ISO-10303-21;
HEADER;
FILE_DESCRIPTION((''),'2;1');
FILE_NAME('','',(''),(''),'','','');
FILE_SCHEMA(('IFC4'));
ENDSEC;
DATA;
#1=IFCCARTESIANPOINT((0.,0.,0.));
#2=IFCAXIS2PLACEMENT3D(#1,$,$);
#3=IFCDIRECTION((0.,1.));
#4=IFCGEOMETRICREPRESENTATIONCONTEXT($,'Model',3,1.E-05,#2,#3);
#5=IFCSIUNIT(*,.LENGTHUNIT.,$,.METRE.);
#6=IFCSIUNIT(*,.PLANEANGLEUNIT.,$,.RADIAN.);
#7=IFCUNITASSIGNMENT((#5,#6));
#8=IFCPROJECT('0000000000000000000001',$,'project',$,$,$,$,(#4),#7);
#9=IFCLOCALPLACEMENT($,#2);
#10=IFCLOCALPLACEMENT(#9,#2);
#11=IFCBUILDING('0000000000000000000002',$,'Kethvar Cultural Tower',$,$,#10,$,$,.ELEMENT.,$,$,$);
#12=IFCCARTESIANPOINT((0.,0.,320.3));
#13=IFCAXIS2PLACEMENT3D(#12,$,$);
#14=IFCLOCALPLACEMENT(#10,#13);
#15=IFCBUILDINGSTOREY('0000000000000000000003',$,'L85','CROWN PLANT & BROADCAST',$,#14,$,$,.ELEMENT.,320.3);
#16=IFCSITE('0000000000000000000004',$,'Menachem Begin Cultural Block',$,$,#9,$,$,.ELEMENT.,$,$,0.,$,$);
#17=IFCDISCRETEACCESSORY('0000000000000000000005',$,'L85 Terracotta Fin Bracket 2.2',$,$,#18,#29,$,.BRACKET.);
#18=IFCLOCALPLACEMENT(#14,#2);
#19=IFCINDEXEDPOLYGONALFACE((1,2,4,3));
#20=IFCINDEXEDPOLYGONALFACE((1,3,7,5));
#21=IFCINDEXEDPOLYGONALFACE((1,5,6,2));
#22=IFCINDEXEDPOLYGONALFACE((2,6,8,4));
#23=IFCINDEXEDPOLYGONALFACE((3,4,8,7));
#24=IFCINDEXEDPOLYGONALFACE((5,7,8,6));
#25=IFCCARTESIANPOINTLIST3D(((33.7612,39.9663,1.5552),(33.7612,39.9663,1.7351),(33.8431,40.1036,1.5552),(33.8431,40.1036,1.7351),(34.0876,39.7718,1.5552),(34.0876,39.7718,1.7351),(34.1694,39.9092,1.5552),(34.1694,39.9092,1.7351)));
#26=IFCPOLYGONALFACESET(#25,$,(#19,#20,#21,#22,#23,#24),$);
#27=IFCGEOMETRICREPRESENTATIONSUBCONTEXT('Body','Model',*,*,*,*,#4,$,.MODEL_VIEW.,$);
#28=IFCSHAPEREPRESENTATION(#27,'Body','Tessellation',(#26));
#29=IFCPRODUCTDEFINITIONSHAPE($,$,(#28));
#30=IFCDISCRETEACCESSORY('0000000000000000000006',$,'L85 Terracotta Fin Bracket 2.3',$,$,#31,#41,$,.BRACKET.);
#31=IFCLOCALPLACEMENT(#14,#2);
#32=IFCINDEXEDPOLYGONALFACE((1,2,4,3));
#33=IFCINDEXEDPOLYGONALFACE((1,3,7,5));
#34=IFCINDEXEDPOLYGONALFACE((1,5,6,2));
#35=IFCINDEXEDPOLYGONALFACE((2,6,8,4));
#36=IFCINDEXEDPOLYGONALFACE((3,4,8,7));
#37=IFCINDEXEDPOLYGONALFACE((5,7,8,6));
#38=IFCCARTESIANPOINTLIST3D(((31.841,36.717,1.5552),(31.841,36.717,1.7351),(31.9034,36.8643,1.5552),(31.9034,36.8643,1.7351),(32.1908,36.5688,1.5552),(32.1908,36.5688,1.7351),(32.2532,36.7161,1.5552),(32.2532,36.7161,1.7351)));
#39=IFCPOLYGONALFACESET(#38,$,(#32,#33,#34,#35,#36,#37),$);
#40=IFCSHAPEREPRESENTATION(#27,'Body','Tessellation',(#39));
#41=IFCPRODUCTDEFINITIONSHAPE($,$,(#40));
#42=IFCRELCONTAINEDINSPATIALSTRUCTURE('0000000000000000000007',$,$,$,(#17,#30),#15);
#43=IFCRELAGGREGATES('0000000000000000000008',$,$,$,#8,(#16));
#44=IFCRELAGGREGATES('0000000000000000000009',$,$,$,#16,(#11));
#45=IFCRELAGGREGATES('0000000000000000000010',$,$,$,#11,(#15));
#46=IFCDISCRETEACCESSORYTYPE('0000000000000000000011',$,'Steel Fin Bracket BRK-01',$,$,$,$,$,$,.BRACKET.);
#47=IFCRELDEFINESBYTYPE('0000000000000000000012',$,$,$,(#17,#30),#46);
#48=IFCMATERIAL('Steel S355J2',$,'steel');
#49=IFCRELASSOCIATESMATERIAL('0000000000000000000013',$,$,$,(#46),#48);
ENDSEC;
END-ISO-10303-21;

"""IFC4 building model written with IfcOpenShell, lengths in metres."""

from ifc_helpers import new_model, si_unit, direction, frame, origin, origin_2d, place, context, subcontext, project, spatial, rectangle, extrude, source, transform, mapped, material, type_object, element, save


model = new_model("IFC4")

# Units and contexts
model_context = context("Model", 3, precision=1e-05, world=origin(), true_north=direction((0.0, 1.0)))
body_context = subcontext(model_context, "Body", "Model", "MODEL_VIEW")
ifc_project = project(units=[si_unit("LENGTHUNIT", "METRE"), si_unit("PLANEANGLEUNIT", "RADIAN")], contexts=[model_context])

# Site, building, storey
site_placement = place(None, origin())
site = spatial("IfcSite", under=ifc_project, at=site_placement, Name="Menachem Begin Cultural Block", CompositionType="ELEMENT", RefElevation=0.0)
building_placement = place(site_placement, origin())
building = spatial("IfcBuilding", under=site, at=building_placement, Name="Kethvar Cultural Tower", CompositionType="ELEMENT")
storey_placement = place(building_placement, frame((0.0, 0.0, 320.3)))
storey = spatial("IfcBuildingStorey", under=building, at=storey_placement, Name="L85", Description="CROWN PLANT & BROADCAST", CompositionType="ELEMENT", Elevation=320.3)

# Shared definitions
ifc_material_1 = material(Name="Steel S355J2", Category="steel")

# Discrete accessories
discrete_accessory_type = type_object("IfcDiscreteAccessoryType", Name="Steel Fin Bracket BRK-01", PredefinedType="BRACKET", material=ifc_material_1)
shared_shape_1 = source(origin(), body_context, "Body", "SweptSolid", [
    extrude(rectangle(XDim=0.3799, YDim=0.1599, at=origin_2d()), origin(), (0.0, 0.0, 1.0), 0.1799),
])
for number, where, z_axis, x_axis, name in (
    (1, (33.9653, 39.9377, 1.5552), (0.0, 0.0, 1.0), (-0.859139, 0.511743, 0.0), "L85 Terracotta Fin Bracket 2.2"),
    (2, (32.0471, 36.7166, 1.5552), (0.0, 0.0, 1.0), (-0.920777, 0.390088, 0.0), "L85 Terracotta Fin Bracket 2.3"),
):
    element("IfcDiscreteAccessory", number, at=place(storey_placement, frame(where, z_axis=z_axis, x_axis=x_axis)), inside=storey, type_object=discrete_accessory_type, Name=name, PredefinedType="BRACKET", context=body_context, shape_type="MappedRepresentation", body=[
        mapped(shared_shape_1, transform((0.0, 0.0, 0.0), scale=1.0)),
    ])

save(model, "model.ifc")
